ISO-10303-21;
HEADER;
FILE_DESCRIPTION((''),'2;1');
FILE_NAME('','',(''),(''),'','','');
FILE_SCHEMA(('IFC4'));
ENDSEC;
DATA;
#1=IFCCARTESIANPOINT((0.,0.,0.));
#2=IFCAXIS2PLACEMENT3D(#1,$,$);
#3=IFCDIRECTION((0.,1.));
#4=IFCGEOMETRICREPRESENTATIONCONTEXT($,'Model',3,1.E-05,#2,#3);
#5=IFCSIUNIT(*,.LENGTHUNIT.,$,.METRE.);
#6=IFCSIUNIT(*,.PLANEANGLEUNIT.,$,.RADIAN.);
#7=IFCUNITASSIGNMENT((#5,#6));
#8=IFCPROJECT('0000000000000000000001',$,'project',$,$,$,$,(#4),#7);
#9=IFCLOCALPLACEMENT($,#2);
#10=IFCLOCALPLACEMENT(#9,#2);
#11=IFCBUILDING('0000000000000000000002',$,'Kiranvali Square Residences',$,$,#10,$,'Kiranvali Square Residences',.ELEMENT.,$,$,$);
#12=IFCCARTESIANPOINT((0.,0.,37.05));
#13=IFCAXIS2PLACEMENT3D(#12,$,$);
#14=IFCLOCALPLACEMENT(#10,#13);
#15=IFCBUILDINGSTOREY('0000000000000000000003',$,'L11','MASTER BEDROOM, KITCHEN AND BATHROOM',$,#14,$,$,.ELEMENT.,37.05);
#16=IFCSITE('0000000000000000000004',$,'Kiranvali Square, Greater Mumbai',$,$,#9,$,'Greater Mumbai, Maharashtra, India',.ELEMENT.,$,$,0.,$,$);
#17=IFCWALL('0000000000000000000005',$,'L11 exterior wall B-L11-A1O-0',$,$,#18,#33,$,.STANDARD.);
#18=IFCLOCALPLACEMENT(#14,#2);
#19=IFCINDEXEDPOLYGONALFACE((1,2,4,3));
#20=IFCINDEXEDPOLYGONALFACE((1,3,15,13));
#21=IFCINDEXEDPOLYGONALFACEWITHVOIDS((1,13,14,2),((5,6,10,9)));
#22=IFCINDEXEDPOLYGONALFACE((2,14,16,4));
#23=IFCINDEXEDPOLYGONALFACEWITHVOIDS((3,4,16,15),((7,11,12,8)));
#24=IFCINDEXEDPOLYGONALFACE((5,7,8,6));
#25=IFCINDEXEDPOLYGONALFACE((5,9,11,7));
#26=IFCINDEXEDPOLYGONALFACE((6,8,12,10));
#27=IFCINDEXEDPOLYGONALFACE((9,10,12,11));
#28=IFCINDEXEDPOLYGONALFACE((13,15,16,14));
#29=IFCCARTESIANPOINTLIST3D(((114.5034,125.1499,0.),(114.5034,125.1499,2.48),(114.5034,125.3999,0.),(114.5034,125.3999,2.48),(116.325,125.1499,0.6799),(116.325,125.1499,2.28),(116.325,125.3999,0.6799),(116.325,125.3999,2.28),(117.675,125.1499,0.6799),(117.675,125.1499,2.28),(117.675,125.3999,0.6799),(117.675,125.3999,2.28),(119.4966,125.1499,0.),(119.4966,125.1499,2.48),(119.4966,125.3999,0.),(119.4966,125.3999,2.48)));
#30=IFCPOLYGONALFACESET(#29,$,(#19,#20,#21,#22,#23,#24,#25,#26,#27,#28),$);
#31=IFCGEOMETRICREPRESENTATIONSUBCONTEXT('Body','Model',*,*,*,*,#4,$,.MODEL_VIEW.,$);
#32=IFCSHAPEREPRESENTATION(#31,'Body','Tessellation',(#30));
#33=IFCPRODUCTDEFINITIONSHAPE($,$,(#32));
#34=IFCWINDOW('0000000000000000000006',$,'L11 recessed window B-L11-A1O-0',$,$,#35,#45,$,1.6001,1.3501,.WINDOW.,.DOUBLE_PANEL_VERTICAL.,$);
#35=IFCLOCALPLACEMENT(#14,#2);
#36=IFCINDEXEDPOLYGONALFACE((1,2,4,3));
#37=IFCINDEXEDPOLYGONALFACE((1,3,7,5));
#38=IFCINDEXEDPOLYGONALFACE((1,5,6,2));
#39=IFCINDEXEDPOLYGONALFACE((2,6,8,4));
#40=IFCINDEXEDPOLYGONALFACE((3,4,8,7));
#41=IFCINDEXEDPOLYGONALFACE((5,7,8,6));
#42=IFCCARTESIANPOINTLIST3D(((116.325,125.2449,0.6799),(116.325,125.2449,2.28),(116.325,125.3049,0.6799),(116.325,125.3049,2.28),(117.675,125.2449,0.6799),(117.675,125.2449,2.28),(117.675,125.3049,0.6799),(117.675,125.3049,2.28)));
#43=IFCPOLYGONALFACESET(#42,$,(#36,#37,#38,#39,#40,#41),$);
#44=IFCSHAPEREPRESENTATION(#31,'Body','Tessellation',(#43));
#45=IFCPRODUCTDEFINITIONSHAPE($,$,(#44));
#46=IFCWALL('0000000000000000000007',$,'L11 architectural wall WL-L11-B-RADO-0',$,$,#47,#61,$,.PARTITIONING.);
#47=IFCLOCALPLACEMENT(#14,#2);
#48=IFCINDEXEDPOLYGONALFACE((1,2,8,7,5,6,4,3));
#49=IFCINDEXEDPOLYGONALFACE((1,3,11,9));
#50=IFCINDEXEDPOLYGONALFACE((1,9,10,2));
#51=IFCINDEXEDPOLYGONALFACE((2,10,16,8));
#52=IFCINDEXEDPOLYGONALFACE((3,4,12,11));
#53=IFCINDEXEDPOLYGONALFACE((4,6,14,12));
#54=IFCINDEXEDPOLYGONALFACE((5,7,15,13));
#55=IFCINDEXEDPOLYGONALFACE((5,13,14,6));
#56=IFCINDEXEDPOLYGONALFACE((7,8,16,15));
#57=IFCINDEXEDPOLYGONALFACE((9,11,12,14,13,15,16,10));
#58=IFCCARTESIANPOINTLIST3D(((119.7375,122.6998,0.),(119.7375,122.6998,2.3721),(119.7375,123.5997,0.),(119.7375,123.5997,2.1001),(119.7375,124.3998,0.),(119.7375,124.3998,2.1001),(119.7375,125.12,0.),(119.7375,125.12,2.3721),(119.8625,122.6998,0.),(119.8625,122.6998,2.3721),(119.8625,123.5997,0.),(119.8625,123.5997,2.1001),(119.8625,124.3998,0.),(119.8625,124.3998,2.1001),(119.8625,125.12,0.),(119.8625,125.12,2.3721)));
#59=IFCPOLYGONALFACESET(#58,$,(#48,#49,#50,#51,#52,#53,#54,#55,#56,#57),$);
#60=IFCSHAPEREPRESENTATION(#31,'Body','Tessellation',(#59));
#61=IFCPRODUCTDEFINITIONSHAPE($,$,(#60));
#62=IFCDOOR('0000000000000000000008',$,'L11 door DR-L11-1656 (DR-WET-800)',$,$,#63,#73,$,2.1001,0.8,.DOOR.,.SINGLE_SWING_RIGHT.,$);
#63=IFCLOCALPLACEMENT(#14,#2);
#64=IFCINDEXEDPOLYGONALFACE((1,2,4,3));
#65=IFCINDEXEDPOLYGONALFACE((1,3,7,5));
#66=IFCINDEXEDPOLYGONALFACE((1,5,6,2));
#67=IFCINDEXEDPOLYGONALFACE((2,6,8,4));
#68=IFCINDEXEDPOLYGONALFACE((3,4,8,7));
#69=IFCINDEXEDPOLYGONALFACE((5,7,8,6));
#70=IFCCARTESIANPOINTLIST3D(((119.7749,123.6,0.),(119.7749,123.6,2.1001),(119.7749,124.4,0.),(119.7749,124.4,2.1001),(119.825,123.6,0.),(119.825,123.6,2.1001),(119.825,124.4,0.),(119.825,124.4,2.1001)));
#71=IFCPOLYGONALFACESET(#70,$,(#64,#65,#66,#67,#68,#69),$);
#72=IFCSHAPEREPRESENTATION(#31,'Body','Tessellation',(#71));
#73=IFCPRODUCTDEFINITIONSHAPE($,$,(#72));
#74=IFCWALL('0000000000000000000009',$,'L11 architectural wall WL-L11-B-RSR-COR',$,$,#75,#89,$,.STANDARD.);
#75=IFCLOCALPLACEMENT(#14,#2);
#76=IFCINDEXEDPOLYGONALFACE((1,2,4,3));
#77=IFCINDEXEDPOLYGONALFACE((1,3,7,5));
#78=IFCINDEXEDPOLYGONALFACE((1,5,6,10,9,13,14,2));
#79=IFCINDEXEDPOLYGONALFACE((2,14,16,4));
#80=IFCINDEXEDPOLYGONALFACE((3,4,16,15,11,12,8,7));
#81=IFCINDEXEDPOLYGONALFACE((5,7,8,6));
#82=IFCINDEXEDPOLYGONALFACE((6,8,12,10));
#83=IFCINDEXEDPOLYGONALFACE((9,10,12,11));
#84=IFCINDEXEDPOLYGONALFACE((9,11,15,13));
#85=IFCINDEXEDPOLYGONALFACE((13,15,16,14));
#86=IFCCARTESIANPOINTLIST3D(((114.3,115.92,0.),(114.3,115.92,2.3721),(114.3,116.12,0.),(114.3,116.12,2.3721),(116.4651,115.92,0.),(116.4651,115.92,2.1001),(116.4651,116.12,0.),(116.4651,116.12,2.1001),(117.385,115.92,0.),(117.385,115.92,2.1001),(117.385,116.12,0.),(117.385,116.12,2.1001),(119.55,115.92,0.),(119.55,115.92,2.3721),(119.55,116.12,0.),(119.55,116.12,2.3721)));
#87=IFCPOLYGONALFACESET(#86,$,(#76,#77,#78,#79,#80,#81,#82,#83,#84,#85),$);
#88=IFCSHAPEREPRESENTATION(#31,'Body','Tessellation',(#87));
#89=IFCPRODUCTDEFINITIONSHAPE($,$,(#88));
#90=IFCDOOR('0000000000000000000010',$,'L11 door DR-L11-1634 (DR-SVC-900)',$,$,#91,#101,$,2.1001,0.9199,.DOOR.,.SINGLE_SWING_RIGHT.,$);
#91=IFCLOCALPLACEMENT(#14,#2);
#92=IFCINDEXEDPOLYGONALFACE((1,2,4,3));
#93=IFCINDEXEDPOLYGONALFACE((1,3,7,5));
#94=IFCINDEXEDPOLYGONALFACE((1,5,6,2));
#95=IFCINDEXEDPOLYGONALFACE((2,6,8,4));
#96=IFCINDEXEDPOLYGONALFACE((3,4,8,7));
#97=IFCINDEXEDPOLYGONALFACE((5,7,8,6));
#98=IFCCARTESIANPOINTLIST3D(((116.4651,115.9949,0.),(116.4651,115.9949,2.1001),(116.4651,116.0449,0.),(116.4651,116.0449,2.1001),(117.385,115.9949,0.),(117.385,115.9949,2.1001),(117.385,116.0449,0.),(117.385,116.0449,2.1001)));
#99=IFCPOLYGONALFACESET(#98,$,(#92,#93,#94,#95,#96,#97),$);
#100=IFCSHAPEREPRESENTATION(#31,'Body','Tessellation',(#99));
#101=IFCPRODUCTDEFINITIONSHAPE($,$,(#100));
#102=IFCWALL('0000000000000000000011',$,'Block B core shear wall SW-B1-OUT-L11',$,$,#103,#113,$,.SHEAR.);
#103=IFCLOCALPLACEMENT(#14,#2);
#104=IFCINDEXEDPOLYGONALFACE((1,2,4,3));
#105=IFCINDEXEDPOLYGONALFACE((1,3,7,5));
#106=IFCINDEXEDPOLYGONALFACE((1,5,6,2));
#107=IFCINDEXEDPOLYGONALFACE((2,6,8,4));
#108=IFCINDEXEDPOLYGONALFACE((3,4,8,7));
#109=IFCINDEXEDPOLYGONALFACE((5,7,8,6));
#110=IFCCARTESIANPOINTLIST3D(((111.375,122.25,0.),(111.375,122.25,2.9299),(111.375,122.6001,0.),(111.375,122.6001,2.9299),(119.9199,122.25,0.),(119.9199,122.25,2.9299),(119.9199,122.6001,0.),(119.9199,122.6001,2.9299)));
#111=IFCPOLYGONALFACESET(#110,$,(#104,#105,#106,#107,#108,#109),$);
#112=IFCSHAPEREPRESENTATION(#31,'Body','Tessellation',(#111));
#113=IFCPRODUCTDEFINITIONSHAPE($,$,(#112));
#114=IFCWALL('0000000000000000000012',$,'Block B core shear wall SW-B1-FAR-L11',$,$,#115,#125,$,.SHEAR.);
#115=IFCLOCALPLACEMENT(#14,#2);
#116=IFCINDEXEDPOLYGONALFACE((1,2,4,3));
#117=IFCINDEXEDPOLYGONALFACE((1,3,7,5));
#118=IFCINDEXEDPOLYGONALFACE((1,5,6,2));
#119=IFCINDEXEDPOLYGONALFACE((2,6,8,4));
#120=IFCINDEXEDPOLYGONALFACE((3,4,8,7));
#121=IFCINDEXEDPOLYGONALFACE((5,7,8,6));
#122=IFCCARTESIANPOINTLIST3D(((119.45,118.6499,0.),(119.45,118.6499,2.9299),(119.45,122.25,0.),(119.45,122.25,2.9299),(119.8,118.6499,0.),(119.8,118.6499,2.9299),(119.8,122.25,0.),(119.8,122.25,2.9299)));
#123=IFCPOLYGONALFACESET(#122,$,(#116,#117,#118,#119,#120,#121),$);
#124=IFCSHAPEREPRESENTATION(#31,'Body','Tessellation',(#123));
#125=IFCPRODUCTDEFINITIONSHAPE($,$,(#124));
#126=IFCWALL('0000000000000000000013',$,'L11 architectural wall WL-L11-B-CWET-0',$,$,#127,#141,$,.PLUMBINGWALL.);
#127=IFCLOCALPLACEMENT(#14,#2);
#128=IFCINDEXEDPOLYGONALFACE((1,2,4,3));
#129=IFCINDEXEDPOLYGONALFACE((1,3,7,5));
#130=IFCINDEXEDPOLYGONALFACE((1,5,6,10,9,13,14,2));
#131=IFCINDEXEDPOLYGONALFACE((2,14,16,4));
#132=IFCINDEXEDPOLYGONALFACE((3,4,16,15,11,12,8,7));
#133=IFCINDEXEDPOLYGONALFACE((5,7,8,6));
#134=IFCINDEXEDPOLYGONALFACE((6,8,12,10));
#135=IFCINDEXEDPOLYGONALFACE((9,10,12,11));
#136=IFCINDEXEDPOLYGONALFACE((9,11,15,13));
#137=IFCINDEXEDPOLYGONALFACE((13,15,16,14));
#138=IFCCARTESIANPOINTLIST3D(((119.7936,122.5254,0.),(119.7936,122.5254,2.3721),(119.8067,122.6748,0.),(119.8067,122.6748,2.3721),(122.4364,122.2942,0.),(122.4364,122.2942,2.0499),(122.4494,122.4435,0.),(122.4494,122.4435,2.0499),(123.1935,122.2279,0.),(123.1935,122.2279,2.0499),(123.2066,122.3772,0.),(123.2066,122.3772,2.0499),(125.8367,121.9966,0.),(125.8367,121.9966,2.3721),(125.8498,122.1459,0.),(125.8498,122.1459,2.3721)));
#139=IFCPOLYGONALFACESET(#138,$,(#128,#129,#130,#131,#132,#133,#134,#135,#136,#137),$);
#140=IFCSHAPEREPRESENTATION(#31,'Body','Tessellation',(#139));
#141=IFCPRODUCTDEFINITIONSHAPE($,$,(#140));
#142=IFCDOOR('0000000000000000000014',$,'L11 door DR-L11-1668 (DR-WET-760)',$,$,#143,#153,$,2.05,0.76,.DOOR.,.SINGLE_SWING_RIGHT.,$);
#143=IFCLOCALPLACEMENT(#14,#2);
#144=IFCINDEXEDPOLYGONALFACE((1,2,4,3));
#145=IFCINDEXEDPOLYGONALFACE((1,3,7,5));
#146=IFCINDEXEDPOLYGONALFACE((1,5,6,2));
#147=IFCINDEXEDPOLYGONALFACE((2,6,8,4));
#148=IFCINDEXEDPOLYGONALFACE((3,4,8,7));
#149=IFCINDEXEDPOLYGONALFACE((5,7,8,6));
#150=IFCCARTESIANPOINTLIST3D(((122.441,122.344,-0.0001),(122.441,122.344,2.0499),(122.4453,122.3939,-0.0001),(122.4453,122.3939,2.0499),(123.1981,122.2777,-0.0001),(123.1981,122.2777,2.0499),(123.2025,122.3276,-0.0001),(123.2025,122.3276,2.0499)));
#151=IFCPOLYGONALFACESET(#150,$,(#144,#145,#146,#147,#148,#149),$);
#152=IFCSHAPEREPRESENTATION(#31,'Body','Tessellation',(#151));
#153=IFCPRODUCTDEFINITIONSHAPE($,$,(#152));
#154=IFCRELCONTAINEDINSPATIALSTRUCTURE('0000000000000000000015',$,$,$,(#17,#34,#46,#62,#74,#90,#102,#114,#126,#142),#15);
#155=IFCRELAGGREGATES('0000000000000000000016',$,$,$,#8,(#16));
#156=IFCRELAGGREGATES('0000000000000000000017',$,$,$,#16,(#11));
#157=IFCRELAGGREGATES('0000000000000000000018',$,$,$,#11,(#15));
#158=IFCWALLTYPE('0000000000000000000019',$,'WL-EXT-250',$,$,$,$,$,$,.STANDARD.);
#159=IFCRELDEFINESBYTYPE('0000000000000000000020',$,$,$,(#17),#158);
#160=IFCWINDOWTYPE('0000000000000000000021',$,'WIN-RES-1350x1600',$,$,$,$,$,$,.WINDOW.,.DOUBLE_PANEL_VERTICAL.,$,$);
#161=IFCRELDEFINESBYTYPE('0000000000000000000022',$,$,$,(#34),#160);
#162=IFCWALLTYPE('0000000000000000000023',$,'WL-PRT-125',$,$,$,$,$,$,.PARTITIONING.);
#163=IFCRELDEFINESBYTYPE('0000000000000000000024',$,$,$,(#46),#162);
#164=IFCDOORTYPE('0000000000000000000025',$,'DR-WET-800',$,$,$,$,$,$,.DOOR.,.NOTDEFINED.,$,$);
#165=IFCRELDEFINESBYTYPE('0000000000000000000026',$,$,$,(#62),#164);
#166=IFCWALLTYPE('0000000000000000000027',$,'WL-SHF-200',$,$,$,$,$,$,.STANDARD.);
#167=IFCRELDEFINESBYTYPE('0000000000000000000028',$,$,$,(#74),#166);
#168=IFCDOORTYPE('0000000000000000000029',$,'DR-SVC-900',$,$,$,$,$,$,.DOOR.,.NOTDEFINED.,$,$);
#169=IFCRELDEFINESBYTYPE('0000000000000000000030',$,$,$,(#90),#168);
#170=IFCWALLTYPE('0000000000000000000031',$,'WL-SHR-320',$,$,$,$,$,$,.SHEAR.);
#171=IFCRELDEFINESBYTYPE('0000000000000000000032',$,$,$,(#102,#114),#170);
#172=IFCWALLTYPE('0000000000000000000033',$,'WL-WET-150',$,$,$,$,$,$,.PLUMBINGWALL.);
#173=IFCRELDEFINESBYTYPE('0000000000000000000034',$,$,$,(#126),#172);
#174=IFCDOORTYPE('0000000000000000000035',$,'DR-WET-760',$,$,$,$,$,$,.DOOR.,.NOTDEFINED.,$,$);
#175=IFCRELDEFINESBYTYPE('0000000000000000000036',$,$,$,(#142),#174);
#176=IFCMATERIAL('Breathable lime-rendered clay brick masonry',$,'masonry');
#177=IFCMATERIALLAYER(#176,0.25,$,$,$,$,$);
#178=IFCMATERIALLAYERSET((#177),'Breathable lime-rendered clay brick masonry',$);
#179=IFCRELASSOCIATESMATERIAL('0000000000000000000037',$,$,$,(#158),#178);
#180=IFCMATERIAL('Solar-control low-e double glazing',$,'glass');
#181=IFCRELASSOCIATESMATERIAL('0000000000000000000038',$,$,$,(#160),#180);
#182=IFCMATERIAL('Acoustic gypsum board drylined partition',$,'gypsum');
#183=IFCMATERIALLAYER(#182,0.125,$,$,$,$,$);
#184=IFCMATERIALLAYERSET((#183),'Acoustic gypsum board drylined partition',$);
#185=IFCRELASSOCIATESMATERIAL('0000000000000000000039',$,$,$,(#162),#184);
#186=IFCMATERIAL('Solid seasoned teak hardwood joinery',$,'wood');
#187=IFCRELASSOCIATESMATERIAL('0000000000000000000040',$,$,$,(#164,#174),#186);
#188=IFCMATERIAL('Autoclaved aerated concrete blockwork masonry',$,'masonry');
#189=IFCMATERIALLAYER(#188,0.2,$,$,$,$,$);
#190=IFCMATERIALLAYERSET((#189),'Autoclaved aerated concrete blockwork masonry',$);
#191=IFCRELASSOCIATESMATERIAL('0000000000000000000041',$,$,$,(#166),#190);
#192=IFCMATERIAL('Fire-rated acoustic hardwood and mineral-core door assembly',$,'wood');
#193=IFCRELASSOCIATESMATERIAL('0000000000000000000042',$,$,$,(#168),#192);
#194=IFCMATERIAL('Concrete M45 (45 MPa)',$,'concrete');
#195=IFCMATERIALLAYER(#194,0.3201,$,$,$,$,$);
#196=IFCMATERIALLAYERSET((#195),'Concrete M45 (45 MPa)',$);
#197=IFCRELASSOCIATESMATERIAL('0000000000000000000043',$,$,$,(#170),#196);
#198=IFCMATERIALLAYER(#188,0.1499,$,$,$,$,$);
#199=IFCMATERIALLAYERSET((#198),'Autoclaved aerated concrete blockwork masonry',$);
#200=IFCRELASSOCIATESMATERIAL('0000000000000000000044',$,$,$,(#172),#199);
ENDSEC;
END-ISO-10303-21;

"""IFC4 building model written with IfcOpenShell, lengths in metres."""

from ifc_helpers import new_model, si_unit, direction, frame, frame_2d, origin, place, context, subcontext, project, spatial, rectangle, extrude, material, layer, layer_set, type_object, element, fill, save


model = new_model("IFC4")

# Units and contexts
model_context = context("Model", 3, precision=1e-05, world=origin(), true_north=direction((0.0, 1.0)))
body_context = subcontext(model_context, "Body", "Model", "MODEL_VIEW")
ifc_project = project(units=[si_unit("LENGTHUNIT", "METRE"), si_unit("PLANEANGLEUNIT", "RADIAN")], contexts=[model_context])

# Site, building, storey
site_placement = place(None, origin())
site = spatial("IfcSite", under=ifc_project, at=site_placement, Name="Kiranvali Square, Greater Mumbai", LongName="Greater Mumbai, Maharashtra, India", CompositionType="ELEMENT", RefElevation=0.0)
building_placement = place(site_placement, origin())
building = spatial("IfcBuilding", under=site, at=building_placement, Name="Kiranvali Square Residences", LongName="Kiranvali Square Residences", CompositionType="ELEMENT")
storey_placement = place(building_placement, frame((0.0, 0.0, 37.05)))
storey = spatial("IfcBuildingStorey", under=building, at=storey_placement, Name="L11", Description="MASTER BEDROOM, KITCHEN AND BATHROOM", CompositionType="ELEMENT", Elevation=37.05)

# Shared definitions
ifc_material_1 = material(Name="Concrete M45 (45 MPa)", Category="concrete")

# Shared definitions
ifc_material_2 = material(Name="Autoclaved aerated concrete blockwork masonry", Category="masonry")
ifc_material_3 = material(Name="Fire-rated acoustic hardwood and mineral-core door assembly", Category="wood")

# Wall, opening, window
ifc_material_4 = material(Name="Breathable lime-rendered clay brick masonry", Category="masonry")
ifc_layer_1 = layer(ifc_material_4, 0.25)
ifc_layer_set_1 = layer_set([ifc_layer_1], Name="Breathable lime-rendered clay brick masonry")
wall_type_1 = type_object("IfcWallType", Name="WL-EXT-250", PredefinedType="STANDARD", material=ifc_layer_set_1)
ifc_material_5 = material(Name="Solar-control low-e double glazing", Category="glass")
wall_1_placement = place(storey_placement, frame((119.4966, 125.2749, 0.0), z_axis=(0.0, 0.0, 1.0), x_axis=(-1.0, 0.0, 0.0)))
wall_1 = element("IfcWall", 1, at=wall_1_placement, inside=storey, type_object=wall_type_1, Name="L11 exterior wall B-L11-A1O-0", PredefinedType="STANDARD", context=body_context, shape_type="SweptSolid", body=[
    extrude(rectangle(XDim=4.9932, YDim=0.25, at=frame_2d((2.4966, 0.0))), origin(), (0.0, 0.0, 1.0), 2.48),
])
opening_1_placement = place(wall_1_placement, frame((1.8215, 0.0, 0.6799)))
opening_1 = element("IfcOpeningElement", 2, at=opening_1_placement, cuts=wall_1, PredefinedType="OPENING", context=body_context, shape_type="SweptSolid", body=[
    extrude(rectangle(XDim=1.3501, YDim=1.6001, at=frame_2d((0.675, 0.8))), frame((0.0, 0.135, 0.0), z_axis=(0.0, -1.0, 0.0), x_axis=(1.0, 0.0, 0.0)), (0.0, 0.0, 1.0), 0.27),
])
window_type_1 = type_object("IfcWindowType", Name="WIN-RES-1350x1600", PartitioningType="DOUBLE_PANEL_VERTICAL", PredefinedType="WINDOW", material=ifc_material_5)
window_1_placement = place(opening_1_placement, origin())
window_1 = element("IfcWindow", 3, at=window_1_placement, inside=storey, type_object=window_type_1, Name="L11 recessed window B-L11-A1O-0", OverallHeight=1.6001, OverallWidth=1.3501, PartitioningType="DOUBLE_PANEL_VERTICAL", PredefinedType="WINDOW", context=body_context, shape_type="SweptSolid", body=[
    extrude(rectangle(XDim=1.3501, YDim=1.6001, at=frame_2d((0.675, 0.8))), frame((0.0, 0.03, 0.0), z_axis=(0.0, -1.0, 0.0), x_axis=(1.0, 0.0, 0.0)), (0.0, 0.0, 1.0), 0.0601),
])
fill(opening_1, window_1)

# Walls, openings, doors
ifc_material_6 = material(Name="Acoustic gypsum board drylined partition", Category="gypsum")
ifc_layer_2 = layer(ifc_material_6, 0.125)
ifc_layer_set_2 = layer_set([ifc_layer_2], Name="Acoustic gypsum board drylined partition")
wall_type_2 = type_object("IfcWallType", Name="WL-PRT-125", PredefinedType="PARTITIONING", material=ifc_layer_set_2)
wall_2_placement = place(storey_placement, frame((119.8, 122.7, 0.0), z_axis=(0.0, 0.0, 1.0), x_axis=(0.0, 1.0, 0.0)))
wall_2 = element("IfcWall", 4, at=wall_2_placement, inside=storey, type_object=wall_type_2, Name="L11 architectural wall WL-L11-B-RADO-0", PredefinedType="PARTITIONING", context=body_context, shape_type="SweptSolid", body=[
    extrude(rectangle(XDim=2.4202, YDim=0.125, at=frame_2d((1.21, 0.0))), origin(), (0.0, 0.0, 1.0), 2.3721),
])
opening_2_placement = place(wall_2_placement, frame((0.8999, 0.0, 0.0)))
opening_2 = element("IfcOpeningElement", 5, at=opening_2_placement, cuts=wall_2, PredefinedType="OPENING", context=body_context, shape_type="SweptSolid", body=[
    extrude(rectangle(XDim=0.8, YDim=2.1001, at=frame_2d((0.3999, 1.05))), frame((0.0, 0.0725, 0.0), z_axis=(0.0, -1.0, 0.0), x_axis=(1.0, 0.0, 0.0)), (0.0, 0.0, 1.0), 0.145),
])
ifc_material_7 = material(Name="Solid seasoned teak hardwood joinery", Category="wood")
door_type_1 = type_object("IfcDoorType", Name="DR-WET-800", OperationType="NOTDEFINED", PredefinedType="DOOR", material=ifc_material_7)
door_1_placement = place(opening_2_placement, frame((0.8, 0.0, 0.0), z_axis=(0.0, 0.0, 1.0), x_axis=(-1.0, 0.0, 0.0)))
door_1 = element("IfcDoor", 6, at=door_1_placement, inside=storey, type_object=door_type_1, Name="L11 door DR-L11-1656 (DR-WET-800)", OperationType="SINGLE_SWING_RIGHT", OverallHeight=2.1001, OverallWidth=0.8, PredefinedType="DOOR", context=body_context, shape_type="SweptSolid", body=[
    extrude(rectangle(XDim=0.8, YDim=2.1001, at=frame_2d((0.3999, 1.05))), frame((0.0, 0.0249, 0.0), z_axis=(0.0, -1.0, 0.0), x_axis=(1.0, 0.0, 0.0)), (0.0, 0.0, 1.0), 0.05),
])
fill(opening_2, door_1)
ifc_layer_3 = layer(ifc_material_2, 0.2)
ifc_layer_set_3 = layer_set([ifc_layer_3], Name="Autoclaved aerated concrete blockwork masonry")
wall_type_3 = type_object("IfcWallType", Name="WL-SHF-200", PredefinedType="STANDARD", material=ifc_layer_set_3)
wall_3_placement = place(storey_placement, frame((119.55, 116.02, 0.0), z_axis=(0.0, 0.0, 1.0), x_axis=(-1.0, 0.0, 0.0)))
wall_3 = element("IfcWall", 7, at=wall_3_placement, inside=storey, type_object=wall_type_3, Name="L11 architectural wall WL-L11-B-RSR-COR", PredefinedType="STANDARD", context=body_context, shape_type="SweptSolid", body=[
    extrude(rectangle(XDim=5.25, YDim=0.2, at=frame_2d((2.625, 0.0))), origin(), (0.0, 0.0, 1.0), 2.3721),
])
opening_3_placement = place(wall_3_placement, frame((2.165, 0.0, 0.0)))
opening_3 = element("IfcOpeningElement", 8, at=opening_3_placement, cuts=wall_3, PredefinedType="OPENING", context=body_context, shape_type="SweptSolid", body=[
    extrude(rectangle(XDim=0.9199, YDim=2.1001, at=frame_2d((0.46, 1.05))), frame((0.0, 0.1099, 0.0), z_axis=(0.0, -1.0, 0.0), x_axis=(1.0, 0.0, 0.0)), (0.0, 0.0, 1.0), 0.22),
])
door_type_2 = type_object("IfcDoorType", Name="DR-SVC-900", OperationType="NOTDEFINED", PredefinedType="DOOR", material=ifc_material_3)
door_2_placement = place(opening_3_placement, frame((0.9199, 0.0, 0.0), z_axis=(0.0, 0.0, 1.0), x_axis=(-1.0, 0.0, 0.0)))
door_2 = element("IfcDoor", 9, at=door_2_placement, inside=storey, type_object=door_type_2, Name="L11 door DR-L11-1634 (DR-SVC-900)", OperationType="SINGLE_SWING_RIGHT", OverallHeight=2.1001, OverallWidth=0.9199, PredefinedType="DOOR", context=body_context, shape_type="SweptSolid", body=[
    extrude(rectangle(XDim=0.9199, YDim=2.1001, at=frame_2d((0.46, 1.05))), frame((0.0, 0.0249, 0.0), z_axis=(0.0, -1.0, 0.0), x_axis=(1.0, 0.0, 0.0)), (0.0, 0.0, 1.0), 0.05),
])
fill(opening_3, door_2)

# Wall
ifc_layer_4 = layer(ifc_material_1, 0.3201)
ifc_layer_set_4 = layer_set([ifc_layer_4], Name="Concrete M45 (45 MPa)")
wall_type_4 = type_object("IfcWallType", Name="WL-SHR-320", PredefinedType="SHEAR", material=ifc_layer_set_4)
wall_4_placement = place(storey_placement, frame((119.9199, 122.425, 0.0), z_axis=(0.0, 0.0, 1.0), x_axis=(-1.0, 0.0, 0.0)))
element("IfcWall", 10, at=wall_4_placement, inside=storey, type_object=wall_type_4, Name="Block B core shear wall SW-B1-OUT-L11", PredefinedType="SHEAR", context=body_context, shape_type="SweptSolid", body=[
    extrude(rectangle(XDim=8.5449, YDim=0.3501, at=frame_2d((4.2725, 0.0))), origin(), (0.0, 0.0, 1.0), 2.9299),
])

# Wall
wall_5_placement = place(storey_placement, frame((119.625, 118.6499, 0.0), z_axis=(0.0, 0.0, 1.0), x_axis=(0.0, 1.0, 0.0)))
element("IfcWall", 11, at=wall_5_placement, inside=storey, type_object=wall_type_4, Name="Block B core shear wall SW-B1-FAR-L11", PredefinedType="SHEAR", context=body_context, shape_type="SweptSolid", body=[
    extrude(rectangle(XDim=3.6001, YDim=0.3501, at=frame_2d((1.8, 0.0))), origin(), (0.0, 0.0, 1.0), 2.9299),
])

# Wall, opening, door
ifc_layer_5 = layer(ifc_material_2, 0.1499)
ifc_layer_set_5 = layer_set([ifc_layer_5], Name="Autoclaved aerated concrete blockwork masonry")
wall_type_5 = type_object("IfcWallType", Name="WL-WET-150", PredefinedType="PLUMBINGWALL", material=ifc_layer_set_5)
wall_6_placement = place(storey_placement, frame((119.8, 122.6001, 0.0), z_axis=(0.0, 0.0, 1.0), x_axis=(0.996193, -0.087175, 0.0)))
wall_6 = element("IfcWall", 12, at=wall_6_placement, inside=storey, type_object=wall_type_5, Name="L11 architectural wall WL-L11-B-CWET-0", PredefinedType="PLUMBINGWALL", context=body_context, shape_type="SweptSolid", body=[
    extrude(rectangle(XDim=6.0662, YDim=0.1499, at=frame_2d((3.0332, 0.0))), origin(), (0.0, 0.0, 1.0), 2.3721),
])
opening_4_placement = place(wall_6_placement, frame((2.6531, 0.0, 0.0)))
opening_4 = element("IfcOpeningElement", 13, at=opening_4_placement, cuts=wall_6, PredefinedType="OPENING", context=body_context, shape_type="SweptSolid", body=[
    extrude(rectangle(XDim=0.76, YDim=2.05, at=frame_2d((0.3799, 1.0249))), frame((0.0, 0.085, 0.0), z_axis=(0.0, -1.0, 0.0), x_axis=(1.0, 0.0, 0.0)), (0.0, 0.0, 1.0), 0.1699),
])
door_type_3 = type_object("IfcDoorType", Name="DR-WET-760", OperationType="NOTDEFINED", PredefinedType="DOOR", material=ifc_material_7)
door_3_placement = place(opening_4_placement, frame((0.76, 0.0, 0.0), z_axis=(0.0, 0.0, 1.0), x_axis=(-1.0, 0.0, 0.0)))
door_3 = element("IfcDoor", 14, at=door_3_placement, inside=storey, type_object=door_type_3, Name="L11 door DR-L11-1668 (DR-WET-760)", OperationType="SINGLE_SWING_RIGHT", OverallHeight=2.05, OverallWidth=0.76, PredefinedType="DOOR", context=body_context, shape_type="SweptSolid", body=[
    extrude(rectangle(XDim=0.76, YDim=2.05, at=frame_2d((0.3799, 1.0249))), frame((0.0, 0.0249, 0.0), z_axis=(0.0, -1.0, 0.0), x_axis=(1.0, 0.0, 0.0)), (0.0, 0.0, 1.0), 0.05),
])
fill(opening_4, door_3)

save(model, "model.ifc")
